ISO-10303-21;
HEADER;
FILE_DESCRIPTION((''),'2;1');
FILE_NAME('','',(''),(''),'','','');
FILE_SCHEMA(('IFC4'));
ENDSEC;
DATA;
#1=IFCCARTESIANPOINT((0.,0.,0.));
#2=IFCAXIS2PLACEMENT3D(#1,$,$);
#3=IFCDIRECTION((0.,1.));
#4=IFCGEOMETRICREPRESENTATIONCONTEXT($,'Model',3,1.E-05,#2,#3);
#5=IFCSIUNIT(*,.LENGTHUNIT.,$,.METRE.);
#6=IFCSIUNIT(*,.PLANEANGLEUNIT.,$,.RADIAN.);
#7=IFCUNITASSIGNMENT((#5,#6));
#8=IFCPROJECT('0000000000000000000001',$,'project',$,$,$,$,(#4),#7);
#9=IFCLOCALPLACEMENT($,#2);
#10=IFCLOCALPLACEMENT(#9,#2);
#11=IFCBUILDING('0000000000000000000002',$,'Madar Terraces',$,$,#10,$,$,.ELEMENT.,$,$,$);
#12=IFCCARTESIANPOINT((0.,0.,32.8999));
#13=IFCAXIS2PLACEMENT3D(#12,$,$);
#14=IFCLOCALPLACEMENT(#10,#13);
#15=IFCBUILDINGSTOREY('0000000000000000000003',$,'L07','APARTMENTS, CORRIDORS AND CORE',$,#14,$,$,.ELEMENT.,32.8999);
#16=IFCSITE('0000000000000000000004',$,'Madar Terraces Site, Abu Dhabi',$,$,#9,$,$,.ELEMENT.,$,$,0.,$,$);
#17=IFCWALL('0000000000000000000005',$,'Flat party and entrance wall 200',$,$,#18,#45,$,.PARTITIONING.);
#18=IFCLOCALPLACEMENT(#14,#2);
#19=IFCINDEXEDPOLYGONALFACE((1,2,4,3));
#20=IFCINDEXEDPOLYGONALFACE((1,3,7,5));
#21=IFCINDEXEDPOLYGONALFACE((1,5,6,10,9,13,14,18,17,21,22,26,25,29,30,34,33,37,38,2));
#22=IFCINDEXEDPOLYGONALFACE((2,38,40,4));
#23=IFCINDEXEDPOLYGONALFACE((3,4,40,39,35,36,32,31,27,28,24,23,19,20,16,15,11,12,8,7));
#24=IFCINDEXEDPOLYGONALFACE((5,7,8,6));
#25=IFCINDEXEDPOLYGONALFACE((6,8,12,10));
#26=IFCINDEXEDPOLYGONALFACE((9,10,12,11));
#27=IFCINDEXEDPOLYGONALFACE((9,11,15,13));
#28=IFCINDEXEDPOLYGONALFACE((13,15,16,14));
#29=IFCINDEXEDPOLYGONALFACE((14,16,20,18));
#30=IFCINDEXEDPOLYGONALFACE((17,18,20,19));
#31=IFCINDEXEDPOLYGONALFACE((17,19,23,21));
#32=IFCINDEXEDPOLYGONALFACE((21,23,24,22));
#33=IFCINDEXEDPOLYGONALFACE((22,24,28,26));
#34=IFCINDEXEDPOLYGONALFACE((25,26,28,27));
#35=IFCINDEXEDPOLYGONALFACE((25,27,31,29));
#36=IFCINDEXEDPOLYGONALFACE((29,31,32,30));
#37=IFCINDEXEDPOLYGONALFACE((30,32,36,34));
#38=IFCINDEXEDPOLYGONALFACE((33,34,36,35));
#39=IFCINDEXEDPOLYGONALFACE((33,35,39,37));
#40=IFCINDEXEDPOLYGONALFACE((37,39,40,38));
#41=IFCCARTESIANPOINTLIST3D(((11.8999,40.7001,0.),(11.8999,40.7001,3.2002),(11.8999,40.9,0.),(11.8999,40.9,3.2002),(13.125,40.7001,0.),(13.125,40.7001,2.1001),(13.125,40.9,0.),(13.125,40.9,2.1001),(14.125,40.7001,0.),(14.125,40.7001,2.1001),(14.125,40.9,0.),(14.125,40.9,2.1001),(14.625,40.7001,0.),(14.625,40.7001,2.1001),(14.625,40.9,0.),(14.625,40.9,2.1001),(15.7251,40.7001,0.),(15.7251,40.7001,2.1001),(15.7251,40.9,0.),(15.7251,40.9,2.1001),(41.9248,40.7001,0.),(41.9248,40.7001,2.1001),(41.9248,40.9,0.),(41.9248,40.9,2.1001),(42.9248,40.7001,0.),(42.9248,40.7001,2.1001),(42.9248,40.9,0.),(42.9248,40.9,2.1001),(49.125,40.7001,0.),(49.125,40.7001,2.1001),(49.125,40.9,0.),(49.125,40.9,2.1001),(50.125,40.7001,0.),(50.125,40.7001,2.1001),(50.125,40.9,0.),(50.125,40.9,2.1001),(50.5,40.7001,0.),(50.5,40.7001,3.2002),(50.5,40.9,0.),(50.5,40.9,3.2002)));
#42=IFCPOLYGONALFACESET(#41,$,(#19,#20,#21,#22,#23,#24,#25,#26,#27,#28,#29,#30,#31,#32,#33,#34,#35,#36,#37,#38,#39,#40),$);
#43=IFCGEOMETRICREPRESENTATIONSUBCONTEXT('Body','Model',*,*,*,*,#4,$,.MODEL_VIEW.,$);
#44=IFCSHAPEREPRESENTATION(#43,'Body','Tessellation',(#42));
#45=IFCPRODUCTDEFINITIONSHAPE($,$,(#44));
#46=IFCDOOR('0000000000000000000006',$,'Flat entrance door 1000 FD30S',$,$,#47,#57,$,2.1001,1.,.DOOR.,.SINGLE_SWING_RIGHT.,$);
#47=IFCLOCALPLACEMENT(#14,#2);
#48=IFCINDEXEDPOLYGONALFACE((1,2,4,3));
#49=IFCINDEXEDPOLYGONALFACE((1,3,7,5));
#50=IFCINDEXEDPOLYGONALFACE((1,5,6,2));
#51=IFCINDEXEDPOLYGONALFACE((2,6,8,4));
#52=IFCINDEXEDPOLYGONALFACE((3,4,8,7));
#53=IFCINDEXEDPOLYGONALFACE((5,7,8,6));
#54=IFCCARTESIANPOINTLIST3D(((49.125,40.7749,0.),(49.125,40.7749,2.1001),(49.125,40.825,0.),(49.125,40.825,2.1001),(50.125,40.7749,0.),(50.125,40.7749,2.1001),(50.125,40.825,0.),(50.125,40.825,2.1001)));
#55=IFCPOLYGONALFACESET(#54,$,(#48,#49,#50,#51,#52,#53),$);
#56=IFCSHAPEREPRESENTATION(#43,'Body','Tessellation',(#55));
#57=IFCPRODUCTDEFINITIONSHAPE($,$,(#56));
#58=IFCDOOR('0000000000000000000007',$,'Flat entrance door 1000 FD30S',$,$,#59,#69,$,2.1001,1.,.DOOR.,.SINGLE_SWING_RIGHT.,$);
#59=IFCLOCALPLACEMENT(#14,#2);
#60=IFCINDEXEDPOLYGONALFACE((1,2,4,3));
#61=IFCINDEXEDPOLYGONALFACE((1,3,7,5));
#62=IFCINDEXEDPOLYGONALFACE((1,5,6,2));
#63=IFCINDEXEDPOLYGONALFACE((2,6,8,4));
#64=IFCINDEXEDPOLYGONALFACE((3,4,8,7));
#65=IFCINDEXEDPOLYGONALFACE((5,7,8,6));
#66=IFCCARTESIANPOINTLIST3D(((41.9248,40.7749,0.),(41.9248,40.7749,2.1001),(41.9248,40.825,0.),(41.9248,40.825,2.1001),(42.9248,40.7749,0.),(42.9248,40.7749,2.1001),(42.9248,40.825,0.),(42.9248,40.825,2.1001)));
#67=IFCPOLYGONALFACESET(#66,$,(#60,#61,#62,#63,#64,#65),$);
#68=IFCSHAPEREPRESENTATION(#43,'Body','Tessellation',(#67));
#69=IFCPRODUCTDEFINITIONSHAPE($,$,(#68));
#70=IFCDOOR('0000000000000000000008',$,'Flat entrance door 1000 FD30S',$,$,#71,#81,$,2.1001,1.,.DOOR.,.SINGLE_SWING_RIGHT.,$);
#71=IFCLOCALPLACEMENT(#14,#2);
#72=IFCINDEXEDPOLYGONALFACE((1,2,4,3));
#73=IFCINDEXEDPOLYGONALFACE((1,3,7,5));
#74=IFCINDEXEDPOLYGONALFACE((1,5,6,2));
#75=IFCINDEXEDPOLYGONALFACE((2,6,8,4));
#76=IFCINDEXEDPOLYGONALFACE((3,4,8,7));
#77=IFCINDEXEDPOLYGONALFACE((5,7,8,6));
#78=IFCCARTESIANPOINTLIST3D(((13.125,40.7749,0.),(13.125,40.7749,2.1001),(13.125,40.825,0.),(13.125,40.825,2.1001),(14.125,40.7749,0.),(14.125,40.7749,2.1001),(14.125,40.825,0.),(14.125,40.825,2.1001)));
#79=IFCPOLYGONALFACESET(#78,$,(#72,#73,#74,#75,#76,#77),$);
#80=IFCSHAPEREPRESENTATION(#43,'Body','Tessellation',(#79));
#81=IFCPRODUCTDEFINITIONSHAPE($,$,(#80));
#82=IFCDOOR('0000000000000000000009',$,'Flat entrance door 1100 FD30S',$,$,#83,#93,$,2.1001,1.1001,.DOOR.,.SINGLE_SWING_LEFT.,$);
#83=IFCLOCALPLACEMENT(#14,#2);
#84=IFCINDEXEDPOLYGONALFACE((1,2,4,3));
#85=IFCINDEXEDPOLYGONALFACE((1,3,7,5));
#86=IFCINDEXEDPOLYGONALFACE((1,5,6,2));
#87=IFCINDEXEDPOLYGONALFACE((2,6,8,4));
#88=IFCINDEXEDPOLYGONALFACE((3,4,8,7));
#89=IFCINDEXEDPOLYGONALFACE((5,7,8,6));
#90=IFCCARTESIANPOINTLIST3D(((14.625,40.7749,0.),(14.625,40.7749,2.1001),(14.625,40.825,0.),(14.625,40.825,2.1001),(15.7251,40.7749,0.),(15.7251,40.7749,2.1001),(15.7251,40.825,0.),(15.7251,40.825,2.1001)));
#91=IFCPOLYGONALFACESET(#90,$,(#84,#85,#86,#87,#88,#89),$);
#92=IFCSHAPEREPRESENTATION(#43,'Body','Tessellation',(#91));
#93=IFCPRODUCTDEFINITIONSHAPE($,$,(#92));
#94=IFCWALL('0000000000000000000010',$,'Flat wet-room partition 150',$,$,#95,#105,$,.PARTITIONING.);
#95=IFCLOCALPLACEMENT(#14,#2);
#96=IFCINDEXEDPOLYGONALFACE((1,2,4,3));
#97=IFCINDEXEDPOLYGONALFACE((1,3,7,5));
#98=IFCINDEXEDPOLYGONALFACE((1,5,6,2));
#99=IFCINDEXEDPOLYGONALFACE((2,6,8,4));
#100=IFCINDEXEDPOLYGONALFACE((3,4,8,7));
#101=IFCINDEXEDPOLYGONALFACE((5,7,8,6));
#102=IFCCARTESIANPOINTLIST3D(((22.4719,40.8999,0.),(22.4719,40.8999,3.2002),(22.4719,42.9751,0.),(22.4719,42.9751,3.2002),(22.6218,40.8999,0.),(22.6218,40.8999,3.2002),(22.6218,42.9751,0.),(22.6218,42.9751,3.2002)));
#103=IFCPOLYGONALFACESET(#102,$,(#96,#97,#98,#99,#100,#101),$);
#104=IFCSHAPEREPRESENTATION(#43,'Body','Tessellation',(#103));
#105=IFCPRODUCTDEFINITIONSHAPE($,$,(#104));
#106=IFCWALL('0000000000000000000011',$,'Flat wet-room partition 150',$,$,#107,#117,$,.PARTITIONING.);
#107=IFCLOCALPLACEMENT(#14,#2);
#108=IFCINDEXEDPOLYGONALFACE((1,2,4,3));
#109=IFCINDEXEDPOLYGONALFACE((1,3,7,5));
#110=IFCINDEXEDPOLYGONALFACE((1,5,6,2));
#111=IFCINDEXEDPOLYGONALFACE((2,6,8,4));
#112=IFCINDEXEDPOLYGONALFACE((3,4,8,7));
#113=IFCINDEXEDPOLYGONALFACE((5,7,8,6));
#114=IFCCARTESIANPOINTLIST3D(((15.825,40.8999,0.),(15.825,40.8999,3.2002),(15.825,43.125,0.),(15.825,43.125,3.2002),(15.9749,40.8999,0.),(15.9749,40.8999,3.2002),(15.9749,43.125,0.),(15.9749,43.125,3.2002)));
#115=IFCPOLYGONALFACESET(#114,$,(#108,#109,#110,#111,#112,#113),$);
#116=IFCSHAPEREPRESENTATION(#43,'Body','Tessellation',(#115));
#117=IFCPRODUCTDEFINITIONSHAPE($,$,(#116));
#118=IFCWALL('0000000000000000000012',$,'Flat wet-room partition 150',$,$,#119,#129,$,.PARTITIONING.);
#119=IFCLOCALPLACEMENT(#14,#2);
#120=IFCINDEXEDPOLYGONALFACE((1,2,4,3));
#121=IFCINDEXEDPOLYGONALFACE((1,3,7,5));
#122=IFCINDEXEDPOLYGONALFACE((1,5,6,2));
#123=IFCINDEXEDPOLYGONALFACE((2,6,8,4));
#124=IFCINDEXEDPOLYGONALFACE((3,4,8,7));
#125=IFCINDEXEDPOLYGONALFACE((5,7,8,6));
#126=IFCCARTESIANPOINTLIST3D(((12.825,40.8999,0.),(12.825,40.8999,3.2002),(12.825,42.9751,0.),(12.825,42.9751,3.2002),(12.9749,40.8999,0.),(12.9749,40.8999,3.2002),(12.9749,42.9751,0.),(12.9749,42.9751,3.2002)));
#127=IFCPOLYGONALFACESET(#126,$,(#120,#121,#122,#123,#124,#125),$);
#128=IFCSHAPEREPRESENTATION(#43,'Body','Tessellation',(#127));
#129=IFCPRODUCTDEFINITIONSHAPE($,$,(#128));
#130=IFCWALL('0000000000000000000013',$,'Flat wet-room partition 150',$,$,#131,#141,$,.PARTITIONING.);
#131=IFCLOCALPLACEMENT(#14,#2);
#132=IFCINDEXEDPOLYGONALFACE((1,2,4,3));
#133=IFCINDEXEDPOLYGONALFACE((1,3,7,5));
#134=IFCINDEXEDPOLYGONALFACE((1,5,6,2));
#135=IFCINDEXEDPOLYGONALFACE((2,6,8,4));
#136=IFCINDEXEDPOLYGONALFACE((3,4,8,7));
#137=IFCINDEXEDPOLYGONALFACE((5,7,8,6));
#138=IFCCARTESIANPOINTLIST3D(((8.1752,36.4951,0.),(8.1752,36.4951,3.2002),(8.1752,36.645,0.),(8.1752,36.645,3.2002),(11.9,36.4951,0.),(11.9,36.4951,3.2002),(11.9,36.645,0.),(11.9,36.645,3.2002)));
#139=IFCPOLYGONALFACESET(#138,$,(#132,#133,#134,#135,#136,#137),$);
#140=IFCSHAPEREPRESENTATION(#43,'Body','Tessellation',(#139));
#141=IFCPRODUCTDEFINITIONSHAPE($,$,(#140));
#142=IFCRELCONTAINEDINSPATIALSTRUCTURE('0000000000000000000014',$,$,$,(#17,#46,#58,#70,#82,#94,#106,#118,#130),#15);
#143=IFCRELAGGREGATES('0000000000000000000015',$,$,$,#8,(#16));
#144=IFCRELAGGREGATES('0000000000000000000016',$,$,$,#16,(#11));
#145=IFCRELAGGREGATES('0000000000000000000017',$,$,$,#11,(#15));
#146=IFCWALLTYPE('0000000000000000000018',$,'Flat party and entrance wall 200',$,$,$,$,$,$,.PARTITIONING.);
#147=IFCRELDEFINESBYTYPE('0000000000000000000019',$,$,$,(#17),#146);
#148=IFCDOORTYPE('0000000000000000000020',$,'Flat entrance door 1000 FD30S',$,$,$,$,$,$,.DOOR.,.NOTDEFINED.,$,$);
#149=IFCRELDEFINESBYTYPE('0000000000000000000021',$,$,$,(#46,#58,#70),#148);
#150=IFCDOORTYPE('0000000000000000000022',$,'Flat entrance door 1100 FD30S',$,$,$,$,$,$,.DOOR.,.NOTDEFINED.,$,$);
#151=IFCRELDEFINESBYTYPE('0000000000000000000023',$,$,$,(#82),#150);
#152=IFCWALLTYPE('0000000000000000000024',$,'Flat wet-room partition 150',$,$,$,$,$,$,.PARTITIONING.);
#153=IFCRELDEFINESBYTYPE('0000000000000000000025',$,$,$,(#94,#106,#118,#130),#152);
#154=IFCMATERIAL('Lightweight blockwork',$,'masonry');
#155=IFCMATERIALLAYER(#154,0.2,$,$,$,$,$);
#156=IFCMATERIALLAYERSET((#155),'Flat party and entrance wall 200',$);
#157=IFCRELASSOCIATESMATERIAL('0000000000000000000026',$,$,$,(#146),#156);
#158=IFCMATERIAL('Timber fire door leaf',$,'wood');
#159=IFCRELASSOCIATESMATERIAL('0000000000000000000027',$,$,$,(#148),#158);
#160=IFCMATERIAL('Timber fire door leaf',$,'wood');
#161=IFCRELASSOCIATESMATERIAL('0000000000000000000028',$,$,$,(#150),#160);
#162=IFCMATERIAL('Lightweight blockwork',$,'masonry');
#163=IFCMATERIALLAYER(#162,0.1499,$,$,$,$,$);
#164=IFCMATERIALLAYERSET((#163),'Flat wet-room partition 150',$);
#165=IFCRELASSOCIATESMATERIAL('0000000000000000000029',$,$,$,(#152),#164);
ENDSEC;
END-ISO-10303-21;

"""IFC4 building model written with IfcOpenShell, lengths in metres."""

from ifc_helpers import new_model, si_unit, direction, frame, frame_2d, origin, place, context, subcontext, project, spatial, rectangle, extrude, material, layer, layer_set, type_object, element, fill, save


model = new_model("IFC4")

# Units and contexts
model_context = context("Model", 3, precision=1e-05, world=origin(), true_north=direction((0.0, 1.0)))
body_context = subcontext(model_context, "Body", "Model", "MODEL_VIEW")
ifc_project = project(units=[si_unit("LENGTHUNIT", "METRE"), si_unit("PLANEANGLEUNIT", "RADIAN")], contexts=[model_context])

# Site, building, storey
site_placement = place(None, origin())
site = spatial("IfcSite", under=ifc_project, at=site_placement, Name="Madar Terraces Site, Abu Dhabi", CompositionType="ELEMENT", RefElevation=0.0)
building_placement = place(site_placement, origin())
building = spatial("IfcBuilding", under=site, at=building_placement, Name="Madar Terraces", CompositionType="ELEMENT")
storey_placement = place(building_placement, frame((0.0, 0.0, 32.8999)))
storey = spatial("IfcBuildingStorey", under=building, at=storey_placement, Name="L07", Description="APARTMENTS, CORRIDORS AND CORE", CompositionType="ELEMENT", Elevation=32.8999)

# Wall, openings, doors
ifc_material_1 = material(Name="Lightweight blockwork", Category="masonry")
ifc_layer_1 = layer(ifc_material_1, 0.2)
ifc_layer_set_1 = layer_set([ifc_layer_1], Name="Flat party and entrance wall 200")
wall_type_1 = type_object("IfcWallType", Name="Flat party and entrance wall 200", PredefinedType="PARTITIONING", material=ifc_layer_set_1)
wall_1_placement = place(storey_placement, frame((11.8999, 40.8, 0.0), z_axis=(0.0, 0.0, 1.0), x_axis=(1.0, 0.0, 0.0)))
wall_1 = element("IfcWall", 1, at=wall_1_placement, inside=storey, type_object=wall_type_1, Name="Flat party and entrance wall 200", PredefinedType="PARTITIONING", context=body_context, shape_type="SweptSolid", body=[
    extrude(rectangle(XDim=38.6001, YDim=0.2, at=frame_2d((19.3, 0.0))), origin(), (0.0, 0.0, 1.0), 3.2002),
])
opening_1_placement = place(wall_1_placement, frame((37.2251, 0.0, 0.0)))
opening_1 = element("IfcOpeningElement", 2, at=opening_1_placement, cuts=wall_1, PredefinedType="OPENING", context=body_context, shape_type="SweptSolid", body=[
    extrude(rectangle(XDim=1.0, YDim=2.1001, at=frame_2d((0.5, 1.05))), frame((0.0, 0.1099, 0.0), z_axis=(0.0, -1.0, 0.0), x_axis=(1.0, 0.0, 0.0)), (0.0, 0.0, 1.0), 0.22),
])
opening_2_placement = place(wall_1_placement, frame((30.0249, 0.0, 0.0)))
opening_2 = element("IfcOpeningElement", 3, at=opening_2_placement, cuts=wall_1, PredefinedType="OPENING", context=body_context, shape_type="SweptSolid", body=[
    extrude(rectangle(XDim=1.0, YDim=2.1001, at=frame_2d((0.5, 1.05))), frame((0.0, 0.1099, 0.0), z_axis=(0.0, -1.0, 0.0), x_axis=(1.0, 0.0, 0.0)), (0.0, 0.0, 1.0), 0.22),
])
opening_3_placement = place(wall_1_placement, frame((2.7251, 0.0, 0.0)))
opening_3 = element("IfcOpeningElement", 4, at=opening_3_placement, cuts=wall_1, PredefinedType="OPENING", context=body_context, shape_type="SweptSolid", body=[
    extrude(rectangle(XDim=1.1001, YDim=2.1001, at=frame_2d((0.55, 1.05))), frame((0.0, 0.1099, 0.0), z_axis=(0.0, -1.0, 0.0), x_axis=(1.0, 0.0, 0.0)), (0.0, 0.0, 1.0), 0.22),
])
opening_4_placement = place(wall_1_placement, frame((1.2251, 0.0, 0.0)))
opening_4 = element("IfcOpeningElement", 5, at=opening_4_placement, cuts=wall_1, PredefinedType="OPENING", context=body_context, shape_type="SweptSolid", body=[
    extrude(rectangle(XDim=1.0, YDim=2.1001, at=frame_2d((0.5, 1.05))), frame((0.0, 0.1099, 0.0), z_axis=(0.0, -1.0, 0.0), x_axis=(1.0, 0.0, 0.0)), (0.0, 0.0, 1.0), 0.22),
])
ifc_material_2 = material(Name="Timber fire door leaf", Category="wood")
door_type_1 = type_object("IfcDoorType", Name="Flat entrance door 1000 FD30S", OperationType="NOTDEFINED", PredefinedType="DOOR", material=ifc_material_2)
door_1_placement = place(opening_1_placement, origin())
door_1 = element("IfcDoor", 6, at=door_1_placement, inside=storey, type_object=door_type_1, Name="Flat entrance door 1000 FD30S", OperationType="SINGLE_SWING_RIGHT", OverallHeight=2.1001, OverallWidth=1.0, PredefinedType="DOOR", context=body_context, shape_type="SweptSolid", body=[
    extrude(rectangle(XDim=1.0, YDim=2.1001, at=frame_2d((0.5, 1.05))), frame((0.0, 0.0249, 0.0), z_axis=(0.0, -1.0, 0.0), x_axis=(1.0, 0.0, 0.0)), (0.0, 0.0, 1.0), 0.05),
])
fill(opening_1, door_1)
door_2_placement = place(opening_2_placement, origin())
door_2 = element("IfcDoor", 7, at=door_2_placement, inside=storey, type_object=door_type_1, Name="Flat entrance door 1000 FD30S", OperationType="SINGLE_SWING_RIGHT", OverallHeight=2.1001, OverallWidth=1.0, PredefinedType="DOOR", context=body_context, shape_type="SweptSolid", body=[
    extrude(rectangle(XDim=1.0, YDim=2.1001, at=frame_2d((0.5, 1.05))), frame((0.0, 0.0249, 0.0), z_axis=(0.0, -1.0, 0.0), x_axis=(1.0, 0.0, 0.0)), (0.0, 0.0, 1.0), 0.05),
])
fill(opening_2, door_2)
door_3_placement = place(opening_4_placement, origin())
door_3 = element("IfcDoor", 8, at=door_3_placement, inside=storey, type_object=door_type_1, Name="Flat entrance door 1000 FD30S", OperationType="SINGLE_SWING_RIGHT", OverallHeight=2.1001, OverallWidth=1.0, PredefinedType="DOOR", context=body_context, shape_type="SweptSolid", body=[
    extrude(rectangle(XDim=1.0, YDim=2.1001, at=frame_2d((0.5, 1.05))), frame((0.0, 0.0249, 0.0), z_axis=(0.0, -1.0, 0.0), x_axis=(1.0, 0.0, 0.0)), (0.0, 0.0, 1.0), 0.05),
])
fill(opening_4, door_3)
ifc_material_3 = material(Name="Timber fire door leaf", Category="wood")
door_type_2 = type_object("IfcDoorType", Name="Flat entrance door 1100 FD30S", OperationType="NOTDEFINED", PredefinedType="DOOR", material=ifc_material_3)
door_4_placement = place(opening_3_placement, origin())
door_4 = element("IfcDoor", 9, at=door_4_placement, inside=storey, type_object=door_type_2, Name="Flat entrance door 1100 FD30S", OperationType="SINGLE_SWING_LEFT", OverallHeight=2.1001, OverallWidth=1.1001, PredefinedType="DOOR", context=body_context, shape_type="SweptSolid", body=[
    extrude(rectangle(XDim=1.1001, YDim=2.1001, at=frame_2d((0.55, 1.05))), frame((0.0, 0.0249, 0.0), z_axis=(0.0, -1.0, 0.0), x_axis=(1.0, 0.0, 0.0)), (0.0, 0.0, 1.0), 0.05),
])
fill(opening_3, door_4)

# Walls
ifc_material_4 = material(Name="Lightweight blockwork", Category="masonry")
ifc_layer_2 = layer(ifc_material_4, 0.1499)
ifc_layer_set_2 = layer_set([ifc_layer_2], Name="Flat wet-room partition 150")
wall_type_2 = type_object("IfcWallType", Name="Flat wet-room partition 150", PredefinedType="PARTITIONING", material=ifc_layer_set_2)
wall_2_placement = place(storey_placement, frame((22.5469, 40.8999, 0.0), z_axis=(0.0, 0.0, 1.0), x_axis=(0.0, 1.0, 0.0)))
element("IfcWall", 10, at=wall_2_placement, inside=storey, type_object=wall_type_2, Name="Flat wet-room partition 150", PredefinedType="PARTITIONING", context=body_context, shape_type="SweptSolid", body=[
    extrude(rectangle(XDim=2.0752, YDim=0.1499, at=frame_2d((1.0376, 0.0))), origin(), (0.0, 0.0, 1.0), 3.2002),
])
wall_3_placement = place(storey_placement, frame((15.8999, 40.8999, 0.0), z_axis=(0.0, 0.0, 1.0), x_axis=(0.0, 1.0, 0.0)))
element("IfcWall", 11, at=wall_3_placement, inside=storey, type_object=wall_type_2, Name="Flat wet-room partition 150", PredefinedType="PARTITIONING", context=body_context, shape_type="SweptSolid", body=[
    extrude(rectangle(XDim=2.2251, YDim=0.1499, at=frame_2d((1.1125, 0.0))), origin(), (0.0, 0.0, 1.0), 3.2002),
])
wall_4_placement = place(storey_placement, frame((12.8999, 40.8999, 0.0), z_axis=(0.0, 0.0, 1.0), x_axis=(0.0, 1.0, 0.0)))
element("IfcWall", 12, at=wall_4_placement, inside=storey, type_object=wall_type_2, Name="Flat wet-room partition 150", PredefinedType="PARTITIONING", context=body_context, shape_type="SweptSolid", body=[
    extrude(rectangle(XDim=2.0752, YDim=0.1499, at=frame_2d((1.0376, 0.0))), origin(), (0.0, 0.0, 1.0), 3.2002),
])
wall_5_placement = place(storey_placement, frame((11.8999, 36.5701, 0.0), z_axis=(0.0, 0.0, 1.0), x_axis=(-1.0, 0.0, 0.0)))
element("IfcWall", 13, at=wall_5_placement, inside=storey, type_object=wall_type_2, Name="Flat wet-room partition 150", PredefinedType="PARTITIONING", context=body_context, shape_type="SweptSolid", body=[
    extrude(rectangle(XDim=3.7249, YDim=0.1499, at=frame_2d((1.8623, 0.0))), origin(), (0.0, 0.0, 1.0), 3.2002),
])

save(model, "model.ifc")
